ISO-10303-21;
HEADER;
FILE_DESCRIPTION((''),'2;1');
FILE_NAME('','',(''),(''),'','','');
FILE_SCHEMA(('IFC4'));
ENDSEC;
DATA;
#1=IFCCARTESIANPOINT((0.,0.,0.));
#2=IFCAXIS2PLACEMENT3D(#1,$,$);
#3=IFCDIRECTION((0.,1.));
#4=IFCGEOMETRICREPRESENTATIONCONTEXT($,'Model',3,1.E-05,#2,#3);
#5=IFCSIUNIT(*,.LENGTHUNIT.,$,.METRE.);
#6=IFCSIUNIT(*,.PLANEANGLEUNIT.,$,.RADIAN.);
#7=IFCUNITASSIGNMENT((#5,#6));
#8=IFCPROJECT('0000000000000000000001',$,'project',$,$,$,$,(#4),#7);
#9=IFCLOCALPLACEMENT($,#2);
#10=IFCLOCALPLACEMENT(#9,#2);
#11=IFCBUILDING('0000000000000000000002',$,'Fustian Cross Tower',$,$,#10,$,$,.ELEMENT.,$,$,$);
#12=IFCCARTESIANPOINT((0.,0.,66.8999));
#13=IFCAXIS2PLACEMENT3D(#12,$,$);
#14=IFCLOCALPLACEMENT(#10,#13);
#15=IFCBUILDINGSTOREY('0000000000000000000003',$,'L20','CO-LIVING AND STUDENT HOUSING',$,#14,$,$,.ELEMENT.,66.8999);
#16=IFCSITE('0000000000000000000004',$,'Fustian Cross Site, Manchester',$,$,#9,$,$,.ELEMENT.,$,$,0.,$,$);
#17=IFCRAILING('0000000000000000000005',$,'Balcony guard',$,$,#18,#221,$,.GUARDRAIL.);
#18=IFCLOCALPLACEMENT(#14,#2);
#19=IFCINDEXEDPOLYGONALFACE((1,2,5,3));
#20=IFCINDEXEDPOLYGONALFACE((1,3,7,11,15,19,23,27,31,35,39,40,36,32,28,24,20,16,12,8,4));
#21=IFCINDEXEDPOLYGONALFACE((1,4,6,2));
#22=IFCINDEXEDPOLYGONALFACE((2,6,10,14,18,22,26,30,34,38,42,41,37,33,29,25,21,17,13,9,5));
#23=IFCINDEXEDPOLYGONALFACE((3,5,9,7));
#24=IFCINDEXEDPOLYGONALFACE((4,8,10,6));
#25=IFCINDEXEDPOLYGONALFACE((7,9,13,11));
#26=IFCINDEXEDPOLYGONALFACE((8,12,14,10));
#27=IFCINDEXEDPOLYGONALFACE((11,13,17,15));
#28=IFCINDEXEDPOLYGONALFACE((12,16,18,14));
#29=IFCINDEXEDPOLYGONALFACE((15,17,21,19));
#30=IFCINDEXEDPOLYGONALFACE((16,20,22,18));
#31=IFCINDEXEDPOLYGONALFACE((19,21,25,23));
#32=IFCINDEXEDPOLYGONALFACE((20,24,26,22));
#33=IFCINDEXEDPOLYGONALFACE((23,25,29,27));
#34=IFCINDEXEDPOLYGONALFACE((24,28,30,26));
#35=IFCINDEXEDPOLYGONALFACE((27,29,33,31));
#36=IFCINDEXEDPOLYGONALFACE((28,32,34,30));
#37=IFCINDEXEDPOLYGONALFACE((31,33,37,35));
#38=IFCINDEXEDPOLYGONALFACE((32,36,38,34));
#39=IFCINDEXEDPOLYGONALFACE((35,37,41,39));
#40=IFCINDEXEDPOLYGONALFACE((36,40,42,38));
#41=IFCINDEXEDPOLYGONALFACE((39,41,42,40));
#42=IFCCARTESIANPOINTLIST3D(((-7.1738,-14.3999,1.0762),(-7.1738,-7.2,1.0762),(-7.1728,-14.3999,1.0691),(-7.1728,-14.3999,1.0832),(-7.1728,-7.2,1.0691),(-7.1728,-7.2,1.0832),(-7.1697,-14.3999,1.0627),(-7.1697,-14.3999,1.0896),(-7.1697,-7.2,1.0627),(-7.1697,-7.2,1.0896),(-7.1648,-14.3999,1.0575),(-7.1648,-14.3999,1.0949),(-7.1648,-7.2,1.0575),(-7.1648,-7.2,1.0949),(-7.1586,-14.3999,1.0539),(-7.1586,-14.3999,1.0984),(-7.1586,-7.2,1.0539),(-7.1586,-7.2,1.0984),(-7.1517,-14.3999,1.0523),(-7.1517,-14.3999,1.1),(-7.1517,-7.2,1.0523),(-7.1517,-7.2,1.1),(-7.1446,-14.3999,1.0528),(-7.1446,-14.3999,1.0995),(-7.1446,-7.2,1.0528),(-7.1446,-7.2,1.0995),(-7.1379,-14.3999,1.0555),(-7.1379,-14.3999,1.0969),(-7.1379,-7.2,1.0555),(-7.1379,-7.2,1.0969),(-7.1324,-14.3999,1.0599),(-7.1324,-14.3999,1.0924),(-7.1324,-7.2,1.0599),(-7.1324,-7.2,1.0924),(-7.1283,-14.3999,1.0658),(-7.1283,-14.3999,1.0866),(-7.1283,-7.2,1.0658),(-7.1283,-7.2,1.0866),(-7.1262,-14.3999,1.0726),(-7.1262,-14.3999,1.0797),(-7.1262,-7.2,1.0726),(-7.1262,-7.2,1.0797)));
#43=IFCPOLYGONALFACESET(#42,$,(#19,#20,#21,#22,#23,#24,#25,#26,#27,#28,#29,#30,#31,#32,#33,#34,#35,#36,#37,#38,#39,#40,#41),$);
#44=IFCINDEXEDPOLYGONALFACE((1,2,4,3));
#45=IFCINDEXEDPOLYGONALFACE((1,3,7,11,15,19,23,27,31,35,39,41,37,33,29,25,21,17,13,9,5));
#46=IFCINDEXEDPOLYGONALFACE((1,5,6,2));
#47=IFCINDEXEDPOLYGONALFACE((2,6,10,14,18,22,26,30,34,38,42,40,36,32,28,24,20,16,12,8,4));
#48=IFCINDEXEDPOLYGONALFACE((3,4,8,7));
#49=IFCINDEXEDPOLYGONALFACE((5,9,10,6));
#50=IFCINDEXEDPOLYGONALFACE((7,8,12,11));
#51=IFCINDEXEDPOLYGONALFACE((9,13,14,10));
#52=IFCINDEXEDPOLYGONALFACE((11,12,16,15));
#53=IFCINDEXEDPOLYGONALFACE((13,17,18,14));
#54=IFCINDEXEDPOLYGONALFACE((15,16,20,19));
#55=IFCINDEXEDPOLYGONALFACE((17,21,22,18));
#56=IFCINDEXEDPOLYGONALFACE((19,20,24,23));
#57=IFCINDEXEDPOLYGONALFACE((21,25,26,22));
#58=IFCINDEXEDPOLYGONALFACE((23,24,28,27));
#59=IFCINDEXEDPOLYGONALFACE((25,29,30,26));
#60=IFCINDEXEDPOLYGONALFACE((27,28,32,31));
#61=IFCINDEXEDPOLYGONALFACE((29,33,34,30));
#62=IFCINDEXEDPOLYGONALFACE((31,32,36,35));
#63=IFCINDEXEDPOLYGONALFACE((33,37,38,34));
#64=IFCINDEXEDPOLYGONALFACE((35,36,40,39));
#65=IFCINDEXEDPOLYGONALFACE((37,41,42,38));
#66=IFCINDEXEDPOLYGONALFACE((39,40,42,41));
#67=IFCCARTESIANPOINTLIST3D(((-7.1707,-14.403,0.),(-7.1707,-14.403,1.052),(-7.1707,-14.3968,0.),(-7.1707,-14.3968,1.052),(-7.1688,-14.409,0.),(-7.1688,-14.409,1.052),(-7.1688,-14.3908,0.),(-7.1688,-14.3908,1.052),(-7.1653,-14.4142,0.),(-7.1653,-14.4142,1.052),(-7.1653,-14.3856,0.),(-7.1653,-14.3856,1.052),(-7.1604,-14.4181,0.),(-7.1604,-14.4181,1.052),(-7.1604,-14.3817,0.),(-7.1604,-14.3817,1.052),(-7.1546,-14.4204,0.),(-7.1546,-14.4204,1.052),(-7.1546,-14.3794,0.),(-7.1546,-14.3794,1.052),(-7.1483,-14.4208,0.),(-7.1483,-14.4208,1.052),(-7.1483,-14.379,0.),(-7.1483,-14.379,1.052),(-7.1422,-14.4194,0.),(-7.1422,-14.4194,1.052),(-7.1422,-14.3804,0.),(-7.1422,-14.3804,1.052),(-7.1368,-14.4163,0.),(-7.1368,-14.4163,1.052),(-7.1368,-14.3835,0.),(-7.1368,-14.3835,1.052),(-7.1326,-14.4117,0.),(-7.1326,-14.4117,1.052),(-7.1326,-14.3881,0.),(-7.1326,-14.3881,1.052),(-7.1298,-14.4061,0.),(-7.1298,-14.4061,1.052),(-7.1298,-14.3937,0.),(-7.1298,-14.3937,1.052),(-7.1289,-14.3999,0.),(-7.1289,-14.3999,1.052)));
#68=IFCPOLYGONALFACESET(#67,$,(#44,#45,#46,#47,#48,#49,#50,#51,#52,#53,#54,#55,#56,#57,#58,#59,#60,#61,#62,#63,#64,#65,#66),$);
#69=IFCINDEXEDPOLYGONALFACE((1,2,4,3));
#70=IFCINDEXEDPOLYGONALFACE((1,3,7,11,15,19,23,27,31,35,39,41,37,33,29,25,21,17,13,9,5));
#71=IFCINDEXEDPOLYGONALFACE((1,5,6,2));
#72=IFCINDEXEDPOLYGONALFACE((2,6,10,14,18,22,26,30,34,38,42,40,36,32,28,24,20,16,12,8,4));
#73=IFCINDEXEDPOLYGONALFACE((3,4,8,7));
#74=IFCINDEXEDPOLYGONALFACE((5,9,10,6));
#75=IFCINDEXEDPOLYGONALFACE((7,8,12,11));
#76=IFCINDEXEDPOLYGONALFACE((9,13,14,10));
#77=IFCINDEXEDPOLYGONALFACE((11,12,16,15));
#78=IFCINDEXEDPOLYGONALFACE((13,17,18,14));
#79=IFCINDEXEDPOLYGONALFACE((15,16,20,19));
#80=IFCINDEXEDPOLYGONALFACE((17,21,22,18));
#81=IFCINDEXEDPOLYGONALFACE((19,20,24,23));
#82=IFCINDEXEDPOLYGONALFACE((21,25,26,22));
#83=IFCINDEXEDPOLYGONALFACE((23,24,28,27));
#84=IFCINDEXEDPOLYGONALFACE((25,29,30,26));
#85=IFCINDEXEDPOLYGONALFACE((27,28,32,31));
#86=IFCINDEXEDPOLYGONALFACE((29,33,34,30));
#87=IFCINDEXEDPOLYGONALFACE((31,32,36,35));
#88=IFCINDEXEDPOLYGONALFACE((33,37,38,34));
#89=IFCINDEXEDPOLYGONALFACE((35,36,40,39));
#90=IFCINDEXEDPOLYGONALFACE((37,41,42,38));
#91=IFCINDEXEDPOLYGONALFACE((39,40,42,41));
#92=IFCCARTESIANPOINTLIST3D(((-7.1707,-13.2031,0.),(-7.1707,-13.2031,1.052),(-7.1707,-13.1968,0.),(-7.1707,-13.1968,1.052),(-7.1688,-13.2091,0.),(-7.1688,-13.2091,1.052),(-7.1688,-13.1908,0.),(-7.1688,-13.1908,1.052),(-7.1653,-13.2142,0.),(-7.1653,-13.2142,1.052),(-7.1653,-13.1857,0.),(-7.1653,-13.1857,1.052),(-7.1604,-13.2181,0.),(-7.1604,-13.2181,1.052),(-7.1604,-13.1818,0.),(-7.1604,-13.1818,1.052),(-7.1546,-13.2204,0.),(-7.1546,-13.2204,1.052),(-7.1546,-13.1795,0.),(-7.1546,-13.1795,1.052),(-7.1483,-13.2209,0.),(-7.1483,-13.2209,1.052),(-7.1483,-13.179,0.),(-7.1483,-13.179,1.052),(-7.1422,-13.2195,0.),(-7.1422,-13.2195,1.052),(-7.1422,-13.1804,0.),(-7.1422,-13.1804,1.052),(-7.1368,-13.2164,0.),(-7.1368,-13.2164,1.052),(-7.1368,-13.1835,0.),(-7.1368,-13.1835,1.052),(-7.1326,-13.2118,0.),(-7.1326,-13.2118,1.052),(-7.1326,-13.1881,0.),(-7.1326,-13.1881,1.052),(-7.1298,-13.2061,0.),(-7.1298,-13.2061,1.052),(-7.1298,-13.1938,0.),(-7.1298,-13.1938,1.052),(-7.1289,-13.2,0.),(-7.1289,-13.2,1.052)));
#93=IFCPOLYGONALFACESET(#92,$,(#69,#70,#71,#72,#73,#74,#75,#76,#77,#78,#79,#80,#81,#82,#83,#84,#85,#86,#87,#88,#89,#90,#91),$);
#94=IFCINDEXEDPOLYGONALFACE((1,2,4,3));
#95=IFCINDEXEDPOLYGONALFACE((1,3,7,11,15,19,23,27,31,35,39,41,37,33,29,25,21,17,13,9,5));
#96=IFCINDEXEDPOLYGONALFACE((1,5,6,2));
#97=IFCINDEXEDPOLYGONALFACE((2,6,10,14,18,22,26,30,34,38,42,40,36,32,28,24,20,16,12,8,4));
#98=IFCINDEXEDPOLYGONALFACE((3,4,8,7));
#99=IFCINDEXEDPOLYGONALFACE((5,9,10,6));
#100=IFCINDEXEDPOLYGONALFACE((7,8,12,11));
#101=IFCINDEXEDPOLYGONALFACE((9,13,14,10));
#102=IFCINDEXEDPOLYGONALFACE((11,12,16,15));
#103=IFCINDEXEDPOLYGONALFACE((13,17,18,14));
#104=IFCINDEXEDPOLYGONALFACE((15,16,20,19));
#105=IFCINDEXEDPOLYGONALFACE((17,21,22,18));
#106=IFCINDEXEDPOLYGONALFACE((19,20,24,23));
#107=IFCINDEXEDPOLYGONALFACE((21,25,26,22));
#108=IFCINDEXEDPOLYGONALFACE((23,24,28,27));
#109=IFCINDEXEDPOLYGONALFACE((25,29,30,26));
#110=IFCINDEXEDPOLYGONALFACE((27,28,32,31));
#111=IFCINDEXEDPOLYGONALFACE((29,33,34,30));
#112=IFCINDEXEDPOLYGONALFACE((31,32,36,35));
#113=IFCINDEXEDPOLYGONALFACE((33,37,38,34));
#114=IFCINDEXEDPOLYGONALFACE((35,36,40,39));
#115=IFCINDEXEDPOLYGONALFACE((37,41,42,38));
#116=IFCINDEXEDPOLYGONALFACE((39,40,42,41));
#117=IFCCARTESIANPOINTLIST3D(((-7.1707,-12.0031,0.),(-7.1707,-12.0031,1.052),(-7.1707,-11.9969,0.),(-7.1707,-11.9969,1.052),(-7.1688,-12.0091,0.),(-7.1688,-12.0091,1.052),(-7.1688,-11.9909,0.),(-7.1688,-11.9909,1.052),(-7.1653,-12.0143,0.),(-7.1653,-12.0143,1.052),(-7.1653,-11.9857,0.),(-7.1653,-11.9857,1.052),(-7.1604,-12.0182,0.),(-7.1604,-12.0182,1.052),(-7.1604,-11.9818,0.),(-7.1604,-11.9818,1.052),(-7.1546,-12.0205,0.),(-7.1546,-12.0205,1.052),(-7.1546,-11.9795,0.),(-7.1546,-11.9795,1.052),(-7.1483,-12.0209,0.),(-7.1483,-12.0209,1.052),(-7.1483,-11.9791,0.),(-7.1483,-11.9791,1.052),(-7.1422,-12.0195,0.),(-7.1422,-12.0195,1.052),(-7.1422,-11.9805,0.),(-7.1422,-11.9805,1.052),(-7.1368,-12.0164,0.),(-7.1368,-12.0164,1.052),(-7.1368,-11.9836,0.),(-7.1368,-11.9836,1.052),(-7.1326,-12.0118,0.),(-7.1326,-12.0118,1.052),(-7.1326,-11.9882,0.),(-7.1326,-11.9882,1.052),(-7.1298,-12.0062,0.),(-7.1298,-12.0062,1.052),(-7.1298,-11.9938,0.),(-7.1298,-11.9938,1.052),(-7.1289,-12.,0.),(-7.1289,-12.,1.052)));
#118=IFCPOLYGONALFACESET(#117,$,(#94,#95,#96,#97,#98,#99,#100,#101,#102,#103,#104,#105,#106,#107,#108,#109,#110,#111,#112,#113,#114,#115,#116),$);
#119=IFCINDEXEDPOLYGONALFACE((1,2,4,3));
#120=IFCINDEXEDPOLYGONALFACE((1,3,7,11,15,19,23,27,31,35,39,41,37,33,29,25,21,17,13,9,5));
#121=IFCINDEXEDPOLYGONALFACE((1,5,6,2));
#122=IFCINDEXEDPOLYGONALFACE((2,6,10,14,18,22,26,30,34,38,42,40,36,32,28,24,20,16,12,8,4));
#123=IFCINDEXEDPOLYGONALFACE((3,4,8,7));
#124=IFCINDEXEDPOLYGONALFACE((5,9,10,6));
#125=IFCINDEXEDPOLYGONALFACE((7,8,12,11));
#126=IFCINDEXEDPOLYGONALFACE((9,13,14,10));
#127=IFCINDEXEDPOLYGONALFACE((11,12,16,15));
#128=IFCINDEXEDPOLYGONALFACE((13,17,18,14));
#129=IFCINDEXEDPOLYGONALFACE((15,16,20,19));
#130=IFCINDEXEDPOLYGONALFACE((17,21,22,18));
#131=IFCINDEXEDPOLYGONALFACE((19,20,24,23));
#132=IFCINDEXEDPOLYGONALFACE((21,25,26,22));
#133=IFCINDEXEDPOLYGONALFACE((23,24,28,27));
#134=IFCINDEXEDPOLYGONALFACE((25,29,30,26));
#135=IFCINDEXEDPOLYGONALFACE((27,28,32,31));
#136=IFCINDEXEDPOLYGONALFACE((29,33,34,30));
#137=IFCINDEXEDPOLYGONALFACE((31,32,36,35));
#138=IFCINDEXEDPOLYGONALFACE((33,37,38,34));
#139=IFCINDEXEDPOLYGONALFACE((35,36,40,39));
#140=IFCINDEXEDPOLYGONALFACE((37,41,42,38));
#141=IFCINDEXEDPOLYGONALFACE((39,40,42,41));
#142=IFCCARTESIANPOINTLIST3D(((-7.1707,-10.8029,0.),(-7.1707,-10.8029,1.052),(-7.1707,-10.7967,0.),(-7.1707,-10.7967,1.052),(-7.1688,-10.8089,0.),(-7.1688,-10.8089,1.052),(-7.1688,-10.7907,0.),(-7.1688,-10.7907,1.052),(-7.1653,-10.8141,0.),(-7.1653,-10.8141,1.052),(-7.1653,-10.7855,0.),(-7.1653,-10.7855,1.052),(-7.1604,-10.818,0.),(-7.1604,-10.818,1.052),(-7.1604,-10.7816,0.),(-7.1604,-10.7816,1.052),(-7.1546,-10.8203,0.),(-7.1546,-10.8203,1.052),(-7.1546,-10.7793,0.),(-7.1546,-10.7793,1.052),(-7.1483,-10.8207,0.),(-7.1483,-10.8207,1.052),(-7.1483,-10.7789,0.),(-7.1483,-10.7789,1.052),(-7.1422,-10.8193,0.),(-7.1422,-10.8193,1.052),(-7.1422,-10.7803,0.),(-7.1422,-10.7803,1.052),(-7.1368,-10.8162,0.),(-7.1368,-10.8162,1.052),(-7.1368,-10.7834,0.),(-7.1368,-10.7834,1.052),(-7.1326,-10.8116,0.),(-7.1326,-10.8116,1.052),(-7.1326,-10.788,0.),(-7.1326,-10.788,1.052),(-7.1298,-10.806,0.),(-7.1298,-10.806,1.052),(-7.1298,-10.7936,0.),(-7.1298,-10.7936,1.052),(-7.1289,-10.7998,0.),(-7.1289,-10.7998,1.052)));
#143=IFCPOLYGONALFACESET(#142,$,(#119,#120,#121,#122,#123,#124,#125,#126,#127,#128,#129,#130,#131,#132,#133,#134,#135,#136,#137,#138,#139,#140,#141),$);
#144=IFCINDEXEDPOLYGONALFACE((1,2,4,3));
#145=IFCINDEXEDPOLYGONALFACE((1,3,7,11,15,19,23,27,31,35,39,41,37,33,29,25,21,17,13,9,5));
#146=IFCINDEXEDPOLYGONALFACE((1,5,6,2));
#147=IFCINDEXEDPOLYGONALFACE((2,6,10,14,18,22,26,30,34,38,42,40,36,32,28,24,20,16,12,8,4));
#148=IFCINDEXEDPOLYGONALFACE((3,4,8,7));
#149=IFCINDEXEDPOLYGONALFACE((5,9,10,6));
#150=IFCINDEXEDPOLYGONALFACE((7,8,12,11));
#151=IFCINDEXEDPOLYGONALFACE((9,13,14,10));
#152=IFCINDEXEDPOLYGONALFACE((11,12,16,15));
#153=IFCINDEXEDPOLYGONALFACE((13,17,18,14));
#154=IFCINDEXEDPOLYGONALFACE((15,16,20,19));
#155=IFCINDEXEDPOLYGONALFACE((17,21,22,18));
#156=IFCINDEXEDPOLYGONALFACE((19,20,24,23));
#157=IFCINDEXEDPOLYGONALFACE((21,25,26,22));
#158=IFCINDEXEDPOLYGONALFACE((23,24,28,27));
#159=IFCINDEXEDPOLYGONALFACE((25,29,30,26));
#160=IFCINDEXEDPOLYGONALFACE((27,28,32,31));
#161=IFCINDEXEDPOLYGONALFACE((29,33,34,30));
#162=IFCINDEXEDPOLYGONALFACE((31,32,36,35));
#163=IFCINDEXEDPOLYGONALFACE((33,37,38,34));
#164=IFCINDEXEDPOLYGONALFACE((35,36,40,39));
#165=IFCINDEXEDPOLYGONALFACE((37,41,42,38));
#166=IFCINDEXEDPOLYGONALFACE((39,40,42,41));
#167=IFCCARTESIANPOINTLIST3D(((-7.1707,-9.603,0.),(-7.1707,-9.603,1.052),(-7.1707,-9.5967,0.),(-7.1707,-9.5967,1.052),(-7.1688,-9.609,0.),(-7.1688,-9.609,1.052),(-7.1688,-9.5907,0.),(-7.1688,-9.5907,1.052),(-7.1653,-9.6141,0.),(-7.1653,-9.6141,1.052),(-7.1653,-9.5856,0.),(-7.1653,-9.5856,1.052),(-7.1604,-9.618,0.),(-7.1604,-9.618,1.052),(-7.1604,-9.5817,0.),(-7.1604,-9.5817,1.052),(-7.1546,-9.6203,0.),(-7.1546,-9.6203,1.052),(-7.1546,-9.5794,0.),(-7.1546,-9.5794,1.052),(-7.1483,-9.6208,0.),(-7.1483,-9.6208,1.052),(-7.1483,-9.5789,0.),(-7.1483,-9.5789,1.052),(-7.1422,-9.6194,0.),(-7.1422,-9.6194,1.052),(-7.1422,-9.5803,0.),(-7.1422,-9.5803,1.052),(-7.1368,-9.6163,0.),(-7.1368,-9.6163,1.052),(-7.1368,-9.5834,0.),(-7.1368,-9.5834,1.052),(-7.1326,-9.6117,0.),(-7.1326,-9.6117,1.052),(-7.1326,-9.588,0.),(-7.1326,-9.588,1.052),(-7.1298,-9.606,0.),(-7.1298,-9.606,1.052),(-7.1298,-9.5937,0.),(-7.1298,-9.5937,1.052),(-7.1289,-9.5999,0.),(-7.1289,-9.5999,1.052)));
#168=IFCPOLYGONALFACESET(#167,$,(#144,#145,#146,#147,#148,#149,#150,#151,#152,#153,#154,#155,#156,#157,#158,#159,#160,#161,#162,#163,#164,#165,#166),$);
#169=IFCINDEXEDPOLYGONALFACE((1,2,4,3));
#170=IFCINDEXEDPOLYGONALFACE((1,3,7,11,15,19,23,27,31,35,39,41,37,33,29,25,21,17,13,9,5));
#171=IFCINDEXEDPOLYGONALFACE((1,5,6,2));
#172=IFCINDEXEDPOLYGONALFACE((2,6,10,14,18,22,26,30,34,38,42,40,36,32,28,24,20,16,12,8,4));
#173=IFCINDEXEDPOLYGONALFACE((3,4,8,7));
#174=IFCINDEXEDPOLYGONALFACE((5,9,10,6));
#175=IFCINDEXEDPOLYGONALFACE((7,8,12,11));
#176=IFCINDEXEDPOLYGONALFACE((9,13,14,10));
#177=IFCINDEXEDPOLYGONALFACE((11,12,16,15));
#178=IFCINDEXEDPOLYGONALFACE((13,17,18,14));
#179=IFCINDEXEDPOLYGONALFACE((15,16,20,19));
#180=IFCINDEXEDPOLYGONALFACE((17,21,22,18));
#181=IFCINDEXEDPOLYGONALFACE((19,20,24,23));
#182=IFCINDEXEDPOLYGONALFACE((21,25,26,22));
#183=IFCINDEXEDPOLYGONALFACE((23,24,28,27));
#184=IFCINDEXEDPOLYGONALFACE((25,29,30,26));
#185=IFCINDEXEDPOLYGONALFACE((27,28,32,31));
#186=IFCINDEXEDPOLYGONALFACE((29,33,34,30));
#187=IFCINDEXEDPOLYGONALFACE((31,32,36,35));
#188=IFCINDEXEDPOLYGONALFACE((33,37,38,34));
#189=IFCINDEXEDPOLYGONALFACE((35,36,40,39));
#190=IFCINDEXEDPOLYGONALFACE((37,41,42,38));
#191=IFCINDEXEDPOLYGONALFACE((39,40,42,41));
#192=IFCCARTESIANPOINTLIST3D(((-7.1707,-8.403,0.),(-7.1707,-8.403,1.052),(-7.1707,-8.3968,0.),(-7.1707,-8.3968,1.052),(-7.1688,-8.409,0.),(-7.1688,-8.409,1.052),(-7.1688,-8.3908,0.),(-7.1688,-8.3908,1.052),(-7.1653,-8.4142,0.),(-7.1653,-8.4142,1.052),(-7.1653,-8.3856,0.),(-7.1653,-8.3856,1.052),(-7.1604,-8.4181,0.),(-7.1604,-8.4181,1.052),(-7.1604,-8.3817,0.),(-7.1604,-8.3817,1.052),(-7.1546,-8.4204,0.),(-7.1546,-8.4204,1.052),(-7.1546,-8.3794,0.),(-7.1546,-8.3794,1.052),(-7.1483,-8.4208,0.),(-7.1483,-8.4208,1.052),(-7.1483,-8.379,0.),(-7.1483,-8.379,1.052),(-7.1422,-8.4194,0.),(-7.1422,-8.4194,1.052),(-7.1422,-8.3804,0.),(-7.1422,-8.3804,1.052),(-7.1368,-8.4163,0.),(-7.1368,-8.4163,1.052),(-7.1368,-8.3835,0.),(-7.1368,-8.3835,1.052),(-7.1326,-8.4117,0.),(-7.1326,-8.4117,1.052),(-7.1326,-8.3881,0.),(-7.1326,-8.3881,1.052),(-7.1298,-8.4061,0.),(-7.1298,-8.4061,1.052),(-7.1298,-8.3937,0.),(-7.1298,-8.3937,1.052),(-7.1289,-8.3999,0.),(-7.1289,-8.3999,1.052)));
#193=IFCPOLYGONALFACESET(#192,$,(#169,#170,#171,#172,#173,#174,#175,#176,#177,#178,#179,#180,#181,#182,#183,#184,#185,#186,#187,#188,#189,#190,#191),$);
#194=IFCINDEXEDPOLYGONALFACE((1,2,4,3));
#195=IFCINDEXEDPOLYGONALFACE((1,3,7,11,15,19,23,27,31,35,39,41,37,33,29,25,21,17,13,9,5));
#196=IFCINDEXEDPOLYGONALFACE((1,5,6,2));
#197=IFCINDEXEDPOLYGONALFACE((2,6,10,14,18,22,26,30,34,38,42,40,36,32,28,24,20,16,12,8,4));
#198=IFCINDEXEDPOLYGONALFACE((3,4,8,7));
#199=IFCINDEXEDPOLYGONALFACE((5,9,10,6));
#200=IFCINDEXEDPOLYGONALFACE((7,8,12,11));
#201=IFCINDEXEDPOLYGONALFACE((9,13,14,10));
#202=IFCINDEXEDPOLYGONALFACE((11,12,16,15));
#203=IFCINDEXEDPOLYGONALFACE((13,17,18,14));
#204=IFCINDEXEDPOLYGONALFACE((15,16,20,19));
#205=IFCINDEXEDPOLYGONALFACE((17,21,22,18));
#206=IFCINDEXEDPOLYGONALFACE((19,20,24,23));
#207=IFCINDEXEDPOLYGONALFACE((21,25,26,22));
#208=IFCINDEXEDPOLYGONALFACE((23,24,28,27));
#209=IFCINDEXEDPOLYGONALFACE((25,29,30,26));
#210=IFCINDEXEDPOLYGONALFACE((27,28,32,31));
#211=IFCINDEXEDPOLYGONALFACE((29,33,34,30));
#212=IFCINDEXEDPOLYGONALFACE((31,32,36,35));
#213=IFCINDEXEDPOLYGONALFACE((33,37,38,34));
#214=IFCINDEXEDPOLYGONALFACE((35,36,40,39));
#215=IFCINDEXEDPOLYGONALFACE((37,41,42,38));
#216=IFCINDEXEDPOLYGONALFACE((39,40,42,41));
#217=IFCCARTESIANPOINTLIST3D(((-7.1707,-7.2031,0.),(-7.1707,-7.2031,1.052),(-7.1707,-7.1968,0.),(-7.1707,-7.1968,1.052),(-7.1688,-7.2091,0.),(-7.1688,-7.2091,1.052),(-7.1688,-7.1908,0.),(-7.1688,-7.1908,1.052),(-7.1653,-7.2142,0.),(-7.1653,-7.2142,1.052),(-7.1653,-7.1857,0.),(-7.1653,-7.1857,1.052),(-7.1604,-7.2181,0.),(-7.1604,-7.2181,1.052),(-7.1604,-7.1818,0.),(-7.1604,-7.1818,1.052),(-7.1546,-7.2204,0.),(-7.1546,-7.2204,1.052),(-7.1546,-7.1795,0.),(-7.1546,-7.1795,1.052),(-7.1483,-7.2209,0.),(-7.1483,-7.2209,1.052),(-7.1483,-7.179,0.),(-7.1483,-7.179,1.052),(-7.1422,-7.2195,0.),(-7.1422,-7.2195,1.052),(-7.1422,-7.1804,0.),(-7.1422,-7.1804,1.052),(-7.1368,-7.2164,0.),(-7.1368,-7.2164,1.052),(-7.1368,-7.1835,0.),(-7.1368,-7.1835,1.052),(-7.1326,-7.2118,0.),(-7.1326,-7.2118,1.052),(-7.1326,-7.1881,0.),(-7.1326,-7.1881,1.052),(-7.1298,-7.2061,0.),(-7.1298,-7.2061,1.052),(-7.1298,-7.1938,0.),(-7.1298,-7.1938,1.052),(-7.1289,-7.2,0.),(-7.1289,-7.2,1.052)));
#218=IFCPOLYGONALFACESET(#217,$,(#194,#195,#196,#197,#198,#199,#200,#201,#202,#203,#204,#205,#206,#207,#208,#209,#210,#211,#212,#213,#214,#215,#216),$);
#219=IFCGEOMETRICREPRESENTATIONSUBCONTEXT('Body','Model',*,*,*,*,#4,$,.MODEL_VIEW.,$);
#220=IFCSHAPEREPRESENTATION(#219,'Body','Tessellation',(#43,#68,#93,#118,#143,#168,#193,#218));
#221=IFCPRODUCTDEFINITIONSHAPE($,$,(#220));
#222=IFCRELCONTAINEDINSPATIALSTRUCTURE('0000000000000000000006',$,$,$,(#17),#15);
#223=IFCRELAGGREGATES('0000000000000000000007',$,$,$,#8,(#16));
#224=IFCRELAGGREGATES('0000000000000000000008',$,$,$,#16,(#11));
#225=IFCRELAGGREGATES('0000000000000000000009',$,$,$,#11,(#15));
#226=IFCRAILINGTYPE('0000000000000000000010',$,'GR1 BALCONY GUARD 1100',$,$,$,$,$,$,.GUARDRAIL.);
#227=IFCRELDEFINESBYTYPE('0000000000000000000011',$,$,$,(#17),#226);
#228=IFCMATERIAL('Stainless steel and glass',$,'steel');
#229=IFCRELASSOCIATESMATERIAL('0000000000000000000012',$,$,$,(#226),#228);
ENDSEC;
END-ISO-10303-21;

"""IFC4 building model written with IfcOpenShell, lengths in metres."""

from ifc_helpers import new_model, si_unit, direction, frame, origin, origin_2d, place, context, subcontext, project, spatial, circle, extrude, material, type_object, element, save


model = new_model("IFC4")

# Units and contexts
model_context = context("Model", 3, precision=1e-05, world=origin(), true_north=direction((0.0, 1.0)))
body_context = subcontext(model_context, "Body", "Model", "MODEL_VIEW")
ifc_project = project(units=[si_unit("LENGTHUNIT", "METRE"), si_unit("PLANEANGLEUNIT", "RADIAN")], contexts=[model_context])

# Site, building, storey
site_placement = place(None, origin())
site = spatial("IfcSite", under=ifc_project, at=site_placement, Name="Fustian Cross Site, Manchester", CompositionType="ELEMENT", RefElevation=0.0)
building_placement = place(site_placement, origin())
building = spatial("IfcBuilding", under=site, at=building_placement, Name="Fustian Cross Tower", CompositionType="ELEMENT")
storey_placement = place(building_placement, frame((0.0, 0.0, 66.8999)))
storey = spatial("IfcBuildingStorey", under=building, at=storey_placement, Name="L20", Description="CO-LIVING AND STUDENT HOUSING", CompositionType="ELEMENT", Elevation=66.8999)

# Railing
ifc_material_1 = material(Name="Stainless steel and glass", Category="steel")
railing_type = type_object("IfcRailingType", Name="GR1 BALCONY GUARD 1100", PredefinedType="GUARDRAIL", material=ifc_material_1)
railing_placement = place(storey_placement, frame((-7.1499, -14.3999, 0.0)))
element("IfcRailing", 1, at=railing_placement, inside=storey, type_object=railing_type, Name="Balcony guard", PredefinedType="GUARDRAIL", context=body_context, shape_type="SweptSolid", body=[
    extrude(circle(Radius=0.0239, at=origin_2d()), frame((0.0, 0.0, 1.0762), z_axis=(0.0, 1.0, 0.0), x_axis=(-1.0, 0.0, 0.0)), (0.0, 0.0, 1.0), 7.2),
    extrude(circle(Radius=0.021, at=origin_2d()), origin(), (0.0, 0.0, 1.0), 1.052),
    extrude(circle(Radius=0.021, at=origin_2d()), frame((0.0, 1.2, 0.0)), (0.0, 0.0, 1.0), 1.052),
    extrude(circle(Radius=0.021, at=origin_2d()), frame((0.0, 2.3999, 0.0)), (0.0, 0.0, 1.0), 1.052),
    extrude(circle(Radius=0.021, at=origin_2d()), frame((0.0, 3.6001, 0.0)), (0.0, 0.0, 1.0), 1.052),
    extrude(circle(Radius=0.021, at=origin_2d()), frame((0.0, 4.8, 0.0)), (0.0, 0.0, 1.0), 1.052),
    extrude(circle(Radius=0.021, at=origin_2d()), frame((0.0, 6.0, 0.0)), (0.0, 0.0, 1.0), 1.052),
    extrude(circle(Radius=0.021, at=origin_2d()), frame((0.0, 7.2, 0.0)), (0.0, 0.0, 1.0), 1.052),
])

save(model, "model.ifc")
